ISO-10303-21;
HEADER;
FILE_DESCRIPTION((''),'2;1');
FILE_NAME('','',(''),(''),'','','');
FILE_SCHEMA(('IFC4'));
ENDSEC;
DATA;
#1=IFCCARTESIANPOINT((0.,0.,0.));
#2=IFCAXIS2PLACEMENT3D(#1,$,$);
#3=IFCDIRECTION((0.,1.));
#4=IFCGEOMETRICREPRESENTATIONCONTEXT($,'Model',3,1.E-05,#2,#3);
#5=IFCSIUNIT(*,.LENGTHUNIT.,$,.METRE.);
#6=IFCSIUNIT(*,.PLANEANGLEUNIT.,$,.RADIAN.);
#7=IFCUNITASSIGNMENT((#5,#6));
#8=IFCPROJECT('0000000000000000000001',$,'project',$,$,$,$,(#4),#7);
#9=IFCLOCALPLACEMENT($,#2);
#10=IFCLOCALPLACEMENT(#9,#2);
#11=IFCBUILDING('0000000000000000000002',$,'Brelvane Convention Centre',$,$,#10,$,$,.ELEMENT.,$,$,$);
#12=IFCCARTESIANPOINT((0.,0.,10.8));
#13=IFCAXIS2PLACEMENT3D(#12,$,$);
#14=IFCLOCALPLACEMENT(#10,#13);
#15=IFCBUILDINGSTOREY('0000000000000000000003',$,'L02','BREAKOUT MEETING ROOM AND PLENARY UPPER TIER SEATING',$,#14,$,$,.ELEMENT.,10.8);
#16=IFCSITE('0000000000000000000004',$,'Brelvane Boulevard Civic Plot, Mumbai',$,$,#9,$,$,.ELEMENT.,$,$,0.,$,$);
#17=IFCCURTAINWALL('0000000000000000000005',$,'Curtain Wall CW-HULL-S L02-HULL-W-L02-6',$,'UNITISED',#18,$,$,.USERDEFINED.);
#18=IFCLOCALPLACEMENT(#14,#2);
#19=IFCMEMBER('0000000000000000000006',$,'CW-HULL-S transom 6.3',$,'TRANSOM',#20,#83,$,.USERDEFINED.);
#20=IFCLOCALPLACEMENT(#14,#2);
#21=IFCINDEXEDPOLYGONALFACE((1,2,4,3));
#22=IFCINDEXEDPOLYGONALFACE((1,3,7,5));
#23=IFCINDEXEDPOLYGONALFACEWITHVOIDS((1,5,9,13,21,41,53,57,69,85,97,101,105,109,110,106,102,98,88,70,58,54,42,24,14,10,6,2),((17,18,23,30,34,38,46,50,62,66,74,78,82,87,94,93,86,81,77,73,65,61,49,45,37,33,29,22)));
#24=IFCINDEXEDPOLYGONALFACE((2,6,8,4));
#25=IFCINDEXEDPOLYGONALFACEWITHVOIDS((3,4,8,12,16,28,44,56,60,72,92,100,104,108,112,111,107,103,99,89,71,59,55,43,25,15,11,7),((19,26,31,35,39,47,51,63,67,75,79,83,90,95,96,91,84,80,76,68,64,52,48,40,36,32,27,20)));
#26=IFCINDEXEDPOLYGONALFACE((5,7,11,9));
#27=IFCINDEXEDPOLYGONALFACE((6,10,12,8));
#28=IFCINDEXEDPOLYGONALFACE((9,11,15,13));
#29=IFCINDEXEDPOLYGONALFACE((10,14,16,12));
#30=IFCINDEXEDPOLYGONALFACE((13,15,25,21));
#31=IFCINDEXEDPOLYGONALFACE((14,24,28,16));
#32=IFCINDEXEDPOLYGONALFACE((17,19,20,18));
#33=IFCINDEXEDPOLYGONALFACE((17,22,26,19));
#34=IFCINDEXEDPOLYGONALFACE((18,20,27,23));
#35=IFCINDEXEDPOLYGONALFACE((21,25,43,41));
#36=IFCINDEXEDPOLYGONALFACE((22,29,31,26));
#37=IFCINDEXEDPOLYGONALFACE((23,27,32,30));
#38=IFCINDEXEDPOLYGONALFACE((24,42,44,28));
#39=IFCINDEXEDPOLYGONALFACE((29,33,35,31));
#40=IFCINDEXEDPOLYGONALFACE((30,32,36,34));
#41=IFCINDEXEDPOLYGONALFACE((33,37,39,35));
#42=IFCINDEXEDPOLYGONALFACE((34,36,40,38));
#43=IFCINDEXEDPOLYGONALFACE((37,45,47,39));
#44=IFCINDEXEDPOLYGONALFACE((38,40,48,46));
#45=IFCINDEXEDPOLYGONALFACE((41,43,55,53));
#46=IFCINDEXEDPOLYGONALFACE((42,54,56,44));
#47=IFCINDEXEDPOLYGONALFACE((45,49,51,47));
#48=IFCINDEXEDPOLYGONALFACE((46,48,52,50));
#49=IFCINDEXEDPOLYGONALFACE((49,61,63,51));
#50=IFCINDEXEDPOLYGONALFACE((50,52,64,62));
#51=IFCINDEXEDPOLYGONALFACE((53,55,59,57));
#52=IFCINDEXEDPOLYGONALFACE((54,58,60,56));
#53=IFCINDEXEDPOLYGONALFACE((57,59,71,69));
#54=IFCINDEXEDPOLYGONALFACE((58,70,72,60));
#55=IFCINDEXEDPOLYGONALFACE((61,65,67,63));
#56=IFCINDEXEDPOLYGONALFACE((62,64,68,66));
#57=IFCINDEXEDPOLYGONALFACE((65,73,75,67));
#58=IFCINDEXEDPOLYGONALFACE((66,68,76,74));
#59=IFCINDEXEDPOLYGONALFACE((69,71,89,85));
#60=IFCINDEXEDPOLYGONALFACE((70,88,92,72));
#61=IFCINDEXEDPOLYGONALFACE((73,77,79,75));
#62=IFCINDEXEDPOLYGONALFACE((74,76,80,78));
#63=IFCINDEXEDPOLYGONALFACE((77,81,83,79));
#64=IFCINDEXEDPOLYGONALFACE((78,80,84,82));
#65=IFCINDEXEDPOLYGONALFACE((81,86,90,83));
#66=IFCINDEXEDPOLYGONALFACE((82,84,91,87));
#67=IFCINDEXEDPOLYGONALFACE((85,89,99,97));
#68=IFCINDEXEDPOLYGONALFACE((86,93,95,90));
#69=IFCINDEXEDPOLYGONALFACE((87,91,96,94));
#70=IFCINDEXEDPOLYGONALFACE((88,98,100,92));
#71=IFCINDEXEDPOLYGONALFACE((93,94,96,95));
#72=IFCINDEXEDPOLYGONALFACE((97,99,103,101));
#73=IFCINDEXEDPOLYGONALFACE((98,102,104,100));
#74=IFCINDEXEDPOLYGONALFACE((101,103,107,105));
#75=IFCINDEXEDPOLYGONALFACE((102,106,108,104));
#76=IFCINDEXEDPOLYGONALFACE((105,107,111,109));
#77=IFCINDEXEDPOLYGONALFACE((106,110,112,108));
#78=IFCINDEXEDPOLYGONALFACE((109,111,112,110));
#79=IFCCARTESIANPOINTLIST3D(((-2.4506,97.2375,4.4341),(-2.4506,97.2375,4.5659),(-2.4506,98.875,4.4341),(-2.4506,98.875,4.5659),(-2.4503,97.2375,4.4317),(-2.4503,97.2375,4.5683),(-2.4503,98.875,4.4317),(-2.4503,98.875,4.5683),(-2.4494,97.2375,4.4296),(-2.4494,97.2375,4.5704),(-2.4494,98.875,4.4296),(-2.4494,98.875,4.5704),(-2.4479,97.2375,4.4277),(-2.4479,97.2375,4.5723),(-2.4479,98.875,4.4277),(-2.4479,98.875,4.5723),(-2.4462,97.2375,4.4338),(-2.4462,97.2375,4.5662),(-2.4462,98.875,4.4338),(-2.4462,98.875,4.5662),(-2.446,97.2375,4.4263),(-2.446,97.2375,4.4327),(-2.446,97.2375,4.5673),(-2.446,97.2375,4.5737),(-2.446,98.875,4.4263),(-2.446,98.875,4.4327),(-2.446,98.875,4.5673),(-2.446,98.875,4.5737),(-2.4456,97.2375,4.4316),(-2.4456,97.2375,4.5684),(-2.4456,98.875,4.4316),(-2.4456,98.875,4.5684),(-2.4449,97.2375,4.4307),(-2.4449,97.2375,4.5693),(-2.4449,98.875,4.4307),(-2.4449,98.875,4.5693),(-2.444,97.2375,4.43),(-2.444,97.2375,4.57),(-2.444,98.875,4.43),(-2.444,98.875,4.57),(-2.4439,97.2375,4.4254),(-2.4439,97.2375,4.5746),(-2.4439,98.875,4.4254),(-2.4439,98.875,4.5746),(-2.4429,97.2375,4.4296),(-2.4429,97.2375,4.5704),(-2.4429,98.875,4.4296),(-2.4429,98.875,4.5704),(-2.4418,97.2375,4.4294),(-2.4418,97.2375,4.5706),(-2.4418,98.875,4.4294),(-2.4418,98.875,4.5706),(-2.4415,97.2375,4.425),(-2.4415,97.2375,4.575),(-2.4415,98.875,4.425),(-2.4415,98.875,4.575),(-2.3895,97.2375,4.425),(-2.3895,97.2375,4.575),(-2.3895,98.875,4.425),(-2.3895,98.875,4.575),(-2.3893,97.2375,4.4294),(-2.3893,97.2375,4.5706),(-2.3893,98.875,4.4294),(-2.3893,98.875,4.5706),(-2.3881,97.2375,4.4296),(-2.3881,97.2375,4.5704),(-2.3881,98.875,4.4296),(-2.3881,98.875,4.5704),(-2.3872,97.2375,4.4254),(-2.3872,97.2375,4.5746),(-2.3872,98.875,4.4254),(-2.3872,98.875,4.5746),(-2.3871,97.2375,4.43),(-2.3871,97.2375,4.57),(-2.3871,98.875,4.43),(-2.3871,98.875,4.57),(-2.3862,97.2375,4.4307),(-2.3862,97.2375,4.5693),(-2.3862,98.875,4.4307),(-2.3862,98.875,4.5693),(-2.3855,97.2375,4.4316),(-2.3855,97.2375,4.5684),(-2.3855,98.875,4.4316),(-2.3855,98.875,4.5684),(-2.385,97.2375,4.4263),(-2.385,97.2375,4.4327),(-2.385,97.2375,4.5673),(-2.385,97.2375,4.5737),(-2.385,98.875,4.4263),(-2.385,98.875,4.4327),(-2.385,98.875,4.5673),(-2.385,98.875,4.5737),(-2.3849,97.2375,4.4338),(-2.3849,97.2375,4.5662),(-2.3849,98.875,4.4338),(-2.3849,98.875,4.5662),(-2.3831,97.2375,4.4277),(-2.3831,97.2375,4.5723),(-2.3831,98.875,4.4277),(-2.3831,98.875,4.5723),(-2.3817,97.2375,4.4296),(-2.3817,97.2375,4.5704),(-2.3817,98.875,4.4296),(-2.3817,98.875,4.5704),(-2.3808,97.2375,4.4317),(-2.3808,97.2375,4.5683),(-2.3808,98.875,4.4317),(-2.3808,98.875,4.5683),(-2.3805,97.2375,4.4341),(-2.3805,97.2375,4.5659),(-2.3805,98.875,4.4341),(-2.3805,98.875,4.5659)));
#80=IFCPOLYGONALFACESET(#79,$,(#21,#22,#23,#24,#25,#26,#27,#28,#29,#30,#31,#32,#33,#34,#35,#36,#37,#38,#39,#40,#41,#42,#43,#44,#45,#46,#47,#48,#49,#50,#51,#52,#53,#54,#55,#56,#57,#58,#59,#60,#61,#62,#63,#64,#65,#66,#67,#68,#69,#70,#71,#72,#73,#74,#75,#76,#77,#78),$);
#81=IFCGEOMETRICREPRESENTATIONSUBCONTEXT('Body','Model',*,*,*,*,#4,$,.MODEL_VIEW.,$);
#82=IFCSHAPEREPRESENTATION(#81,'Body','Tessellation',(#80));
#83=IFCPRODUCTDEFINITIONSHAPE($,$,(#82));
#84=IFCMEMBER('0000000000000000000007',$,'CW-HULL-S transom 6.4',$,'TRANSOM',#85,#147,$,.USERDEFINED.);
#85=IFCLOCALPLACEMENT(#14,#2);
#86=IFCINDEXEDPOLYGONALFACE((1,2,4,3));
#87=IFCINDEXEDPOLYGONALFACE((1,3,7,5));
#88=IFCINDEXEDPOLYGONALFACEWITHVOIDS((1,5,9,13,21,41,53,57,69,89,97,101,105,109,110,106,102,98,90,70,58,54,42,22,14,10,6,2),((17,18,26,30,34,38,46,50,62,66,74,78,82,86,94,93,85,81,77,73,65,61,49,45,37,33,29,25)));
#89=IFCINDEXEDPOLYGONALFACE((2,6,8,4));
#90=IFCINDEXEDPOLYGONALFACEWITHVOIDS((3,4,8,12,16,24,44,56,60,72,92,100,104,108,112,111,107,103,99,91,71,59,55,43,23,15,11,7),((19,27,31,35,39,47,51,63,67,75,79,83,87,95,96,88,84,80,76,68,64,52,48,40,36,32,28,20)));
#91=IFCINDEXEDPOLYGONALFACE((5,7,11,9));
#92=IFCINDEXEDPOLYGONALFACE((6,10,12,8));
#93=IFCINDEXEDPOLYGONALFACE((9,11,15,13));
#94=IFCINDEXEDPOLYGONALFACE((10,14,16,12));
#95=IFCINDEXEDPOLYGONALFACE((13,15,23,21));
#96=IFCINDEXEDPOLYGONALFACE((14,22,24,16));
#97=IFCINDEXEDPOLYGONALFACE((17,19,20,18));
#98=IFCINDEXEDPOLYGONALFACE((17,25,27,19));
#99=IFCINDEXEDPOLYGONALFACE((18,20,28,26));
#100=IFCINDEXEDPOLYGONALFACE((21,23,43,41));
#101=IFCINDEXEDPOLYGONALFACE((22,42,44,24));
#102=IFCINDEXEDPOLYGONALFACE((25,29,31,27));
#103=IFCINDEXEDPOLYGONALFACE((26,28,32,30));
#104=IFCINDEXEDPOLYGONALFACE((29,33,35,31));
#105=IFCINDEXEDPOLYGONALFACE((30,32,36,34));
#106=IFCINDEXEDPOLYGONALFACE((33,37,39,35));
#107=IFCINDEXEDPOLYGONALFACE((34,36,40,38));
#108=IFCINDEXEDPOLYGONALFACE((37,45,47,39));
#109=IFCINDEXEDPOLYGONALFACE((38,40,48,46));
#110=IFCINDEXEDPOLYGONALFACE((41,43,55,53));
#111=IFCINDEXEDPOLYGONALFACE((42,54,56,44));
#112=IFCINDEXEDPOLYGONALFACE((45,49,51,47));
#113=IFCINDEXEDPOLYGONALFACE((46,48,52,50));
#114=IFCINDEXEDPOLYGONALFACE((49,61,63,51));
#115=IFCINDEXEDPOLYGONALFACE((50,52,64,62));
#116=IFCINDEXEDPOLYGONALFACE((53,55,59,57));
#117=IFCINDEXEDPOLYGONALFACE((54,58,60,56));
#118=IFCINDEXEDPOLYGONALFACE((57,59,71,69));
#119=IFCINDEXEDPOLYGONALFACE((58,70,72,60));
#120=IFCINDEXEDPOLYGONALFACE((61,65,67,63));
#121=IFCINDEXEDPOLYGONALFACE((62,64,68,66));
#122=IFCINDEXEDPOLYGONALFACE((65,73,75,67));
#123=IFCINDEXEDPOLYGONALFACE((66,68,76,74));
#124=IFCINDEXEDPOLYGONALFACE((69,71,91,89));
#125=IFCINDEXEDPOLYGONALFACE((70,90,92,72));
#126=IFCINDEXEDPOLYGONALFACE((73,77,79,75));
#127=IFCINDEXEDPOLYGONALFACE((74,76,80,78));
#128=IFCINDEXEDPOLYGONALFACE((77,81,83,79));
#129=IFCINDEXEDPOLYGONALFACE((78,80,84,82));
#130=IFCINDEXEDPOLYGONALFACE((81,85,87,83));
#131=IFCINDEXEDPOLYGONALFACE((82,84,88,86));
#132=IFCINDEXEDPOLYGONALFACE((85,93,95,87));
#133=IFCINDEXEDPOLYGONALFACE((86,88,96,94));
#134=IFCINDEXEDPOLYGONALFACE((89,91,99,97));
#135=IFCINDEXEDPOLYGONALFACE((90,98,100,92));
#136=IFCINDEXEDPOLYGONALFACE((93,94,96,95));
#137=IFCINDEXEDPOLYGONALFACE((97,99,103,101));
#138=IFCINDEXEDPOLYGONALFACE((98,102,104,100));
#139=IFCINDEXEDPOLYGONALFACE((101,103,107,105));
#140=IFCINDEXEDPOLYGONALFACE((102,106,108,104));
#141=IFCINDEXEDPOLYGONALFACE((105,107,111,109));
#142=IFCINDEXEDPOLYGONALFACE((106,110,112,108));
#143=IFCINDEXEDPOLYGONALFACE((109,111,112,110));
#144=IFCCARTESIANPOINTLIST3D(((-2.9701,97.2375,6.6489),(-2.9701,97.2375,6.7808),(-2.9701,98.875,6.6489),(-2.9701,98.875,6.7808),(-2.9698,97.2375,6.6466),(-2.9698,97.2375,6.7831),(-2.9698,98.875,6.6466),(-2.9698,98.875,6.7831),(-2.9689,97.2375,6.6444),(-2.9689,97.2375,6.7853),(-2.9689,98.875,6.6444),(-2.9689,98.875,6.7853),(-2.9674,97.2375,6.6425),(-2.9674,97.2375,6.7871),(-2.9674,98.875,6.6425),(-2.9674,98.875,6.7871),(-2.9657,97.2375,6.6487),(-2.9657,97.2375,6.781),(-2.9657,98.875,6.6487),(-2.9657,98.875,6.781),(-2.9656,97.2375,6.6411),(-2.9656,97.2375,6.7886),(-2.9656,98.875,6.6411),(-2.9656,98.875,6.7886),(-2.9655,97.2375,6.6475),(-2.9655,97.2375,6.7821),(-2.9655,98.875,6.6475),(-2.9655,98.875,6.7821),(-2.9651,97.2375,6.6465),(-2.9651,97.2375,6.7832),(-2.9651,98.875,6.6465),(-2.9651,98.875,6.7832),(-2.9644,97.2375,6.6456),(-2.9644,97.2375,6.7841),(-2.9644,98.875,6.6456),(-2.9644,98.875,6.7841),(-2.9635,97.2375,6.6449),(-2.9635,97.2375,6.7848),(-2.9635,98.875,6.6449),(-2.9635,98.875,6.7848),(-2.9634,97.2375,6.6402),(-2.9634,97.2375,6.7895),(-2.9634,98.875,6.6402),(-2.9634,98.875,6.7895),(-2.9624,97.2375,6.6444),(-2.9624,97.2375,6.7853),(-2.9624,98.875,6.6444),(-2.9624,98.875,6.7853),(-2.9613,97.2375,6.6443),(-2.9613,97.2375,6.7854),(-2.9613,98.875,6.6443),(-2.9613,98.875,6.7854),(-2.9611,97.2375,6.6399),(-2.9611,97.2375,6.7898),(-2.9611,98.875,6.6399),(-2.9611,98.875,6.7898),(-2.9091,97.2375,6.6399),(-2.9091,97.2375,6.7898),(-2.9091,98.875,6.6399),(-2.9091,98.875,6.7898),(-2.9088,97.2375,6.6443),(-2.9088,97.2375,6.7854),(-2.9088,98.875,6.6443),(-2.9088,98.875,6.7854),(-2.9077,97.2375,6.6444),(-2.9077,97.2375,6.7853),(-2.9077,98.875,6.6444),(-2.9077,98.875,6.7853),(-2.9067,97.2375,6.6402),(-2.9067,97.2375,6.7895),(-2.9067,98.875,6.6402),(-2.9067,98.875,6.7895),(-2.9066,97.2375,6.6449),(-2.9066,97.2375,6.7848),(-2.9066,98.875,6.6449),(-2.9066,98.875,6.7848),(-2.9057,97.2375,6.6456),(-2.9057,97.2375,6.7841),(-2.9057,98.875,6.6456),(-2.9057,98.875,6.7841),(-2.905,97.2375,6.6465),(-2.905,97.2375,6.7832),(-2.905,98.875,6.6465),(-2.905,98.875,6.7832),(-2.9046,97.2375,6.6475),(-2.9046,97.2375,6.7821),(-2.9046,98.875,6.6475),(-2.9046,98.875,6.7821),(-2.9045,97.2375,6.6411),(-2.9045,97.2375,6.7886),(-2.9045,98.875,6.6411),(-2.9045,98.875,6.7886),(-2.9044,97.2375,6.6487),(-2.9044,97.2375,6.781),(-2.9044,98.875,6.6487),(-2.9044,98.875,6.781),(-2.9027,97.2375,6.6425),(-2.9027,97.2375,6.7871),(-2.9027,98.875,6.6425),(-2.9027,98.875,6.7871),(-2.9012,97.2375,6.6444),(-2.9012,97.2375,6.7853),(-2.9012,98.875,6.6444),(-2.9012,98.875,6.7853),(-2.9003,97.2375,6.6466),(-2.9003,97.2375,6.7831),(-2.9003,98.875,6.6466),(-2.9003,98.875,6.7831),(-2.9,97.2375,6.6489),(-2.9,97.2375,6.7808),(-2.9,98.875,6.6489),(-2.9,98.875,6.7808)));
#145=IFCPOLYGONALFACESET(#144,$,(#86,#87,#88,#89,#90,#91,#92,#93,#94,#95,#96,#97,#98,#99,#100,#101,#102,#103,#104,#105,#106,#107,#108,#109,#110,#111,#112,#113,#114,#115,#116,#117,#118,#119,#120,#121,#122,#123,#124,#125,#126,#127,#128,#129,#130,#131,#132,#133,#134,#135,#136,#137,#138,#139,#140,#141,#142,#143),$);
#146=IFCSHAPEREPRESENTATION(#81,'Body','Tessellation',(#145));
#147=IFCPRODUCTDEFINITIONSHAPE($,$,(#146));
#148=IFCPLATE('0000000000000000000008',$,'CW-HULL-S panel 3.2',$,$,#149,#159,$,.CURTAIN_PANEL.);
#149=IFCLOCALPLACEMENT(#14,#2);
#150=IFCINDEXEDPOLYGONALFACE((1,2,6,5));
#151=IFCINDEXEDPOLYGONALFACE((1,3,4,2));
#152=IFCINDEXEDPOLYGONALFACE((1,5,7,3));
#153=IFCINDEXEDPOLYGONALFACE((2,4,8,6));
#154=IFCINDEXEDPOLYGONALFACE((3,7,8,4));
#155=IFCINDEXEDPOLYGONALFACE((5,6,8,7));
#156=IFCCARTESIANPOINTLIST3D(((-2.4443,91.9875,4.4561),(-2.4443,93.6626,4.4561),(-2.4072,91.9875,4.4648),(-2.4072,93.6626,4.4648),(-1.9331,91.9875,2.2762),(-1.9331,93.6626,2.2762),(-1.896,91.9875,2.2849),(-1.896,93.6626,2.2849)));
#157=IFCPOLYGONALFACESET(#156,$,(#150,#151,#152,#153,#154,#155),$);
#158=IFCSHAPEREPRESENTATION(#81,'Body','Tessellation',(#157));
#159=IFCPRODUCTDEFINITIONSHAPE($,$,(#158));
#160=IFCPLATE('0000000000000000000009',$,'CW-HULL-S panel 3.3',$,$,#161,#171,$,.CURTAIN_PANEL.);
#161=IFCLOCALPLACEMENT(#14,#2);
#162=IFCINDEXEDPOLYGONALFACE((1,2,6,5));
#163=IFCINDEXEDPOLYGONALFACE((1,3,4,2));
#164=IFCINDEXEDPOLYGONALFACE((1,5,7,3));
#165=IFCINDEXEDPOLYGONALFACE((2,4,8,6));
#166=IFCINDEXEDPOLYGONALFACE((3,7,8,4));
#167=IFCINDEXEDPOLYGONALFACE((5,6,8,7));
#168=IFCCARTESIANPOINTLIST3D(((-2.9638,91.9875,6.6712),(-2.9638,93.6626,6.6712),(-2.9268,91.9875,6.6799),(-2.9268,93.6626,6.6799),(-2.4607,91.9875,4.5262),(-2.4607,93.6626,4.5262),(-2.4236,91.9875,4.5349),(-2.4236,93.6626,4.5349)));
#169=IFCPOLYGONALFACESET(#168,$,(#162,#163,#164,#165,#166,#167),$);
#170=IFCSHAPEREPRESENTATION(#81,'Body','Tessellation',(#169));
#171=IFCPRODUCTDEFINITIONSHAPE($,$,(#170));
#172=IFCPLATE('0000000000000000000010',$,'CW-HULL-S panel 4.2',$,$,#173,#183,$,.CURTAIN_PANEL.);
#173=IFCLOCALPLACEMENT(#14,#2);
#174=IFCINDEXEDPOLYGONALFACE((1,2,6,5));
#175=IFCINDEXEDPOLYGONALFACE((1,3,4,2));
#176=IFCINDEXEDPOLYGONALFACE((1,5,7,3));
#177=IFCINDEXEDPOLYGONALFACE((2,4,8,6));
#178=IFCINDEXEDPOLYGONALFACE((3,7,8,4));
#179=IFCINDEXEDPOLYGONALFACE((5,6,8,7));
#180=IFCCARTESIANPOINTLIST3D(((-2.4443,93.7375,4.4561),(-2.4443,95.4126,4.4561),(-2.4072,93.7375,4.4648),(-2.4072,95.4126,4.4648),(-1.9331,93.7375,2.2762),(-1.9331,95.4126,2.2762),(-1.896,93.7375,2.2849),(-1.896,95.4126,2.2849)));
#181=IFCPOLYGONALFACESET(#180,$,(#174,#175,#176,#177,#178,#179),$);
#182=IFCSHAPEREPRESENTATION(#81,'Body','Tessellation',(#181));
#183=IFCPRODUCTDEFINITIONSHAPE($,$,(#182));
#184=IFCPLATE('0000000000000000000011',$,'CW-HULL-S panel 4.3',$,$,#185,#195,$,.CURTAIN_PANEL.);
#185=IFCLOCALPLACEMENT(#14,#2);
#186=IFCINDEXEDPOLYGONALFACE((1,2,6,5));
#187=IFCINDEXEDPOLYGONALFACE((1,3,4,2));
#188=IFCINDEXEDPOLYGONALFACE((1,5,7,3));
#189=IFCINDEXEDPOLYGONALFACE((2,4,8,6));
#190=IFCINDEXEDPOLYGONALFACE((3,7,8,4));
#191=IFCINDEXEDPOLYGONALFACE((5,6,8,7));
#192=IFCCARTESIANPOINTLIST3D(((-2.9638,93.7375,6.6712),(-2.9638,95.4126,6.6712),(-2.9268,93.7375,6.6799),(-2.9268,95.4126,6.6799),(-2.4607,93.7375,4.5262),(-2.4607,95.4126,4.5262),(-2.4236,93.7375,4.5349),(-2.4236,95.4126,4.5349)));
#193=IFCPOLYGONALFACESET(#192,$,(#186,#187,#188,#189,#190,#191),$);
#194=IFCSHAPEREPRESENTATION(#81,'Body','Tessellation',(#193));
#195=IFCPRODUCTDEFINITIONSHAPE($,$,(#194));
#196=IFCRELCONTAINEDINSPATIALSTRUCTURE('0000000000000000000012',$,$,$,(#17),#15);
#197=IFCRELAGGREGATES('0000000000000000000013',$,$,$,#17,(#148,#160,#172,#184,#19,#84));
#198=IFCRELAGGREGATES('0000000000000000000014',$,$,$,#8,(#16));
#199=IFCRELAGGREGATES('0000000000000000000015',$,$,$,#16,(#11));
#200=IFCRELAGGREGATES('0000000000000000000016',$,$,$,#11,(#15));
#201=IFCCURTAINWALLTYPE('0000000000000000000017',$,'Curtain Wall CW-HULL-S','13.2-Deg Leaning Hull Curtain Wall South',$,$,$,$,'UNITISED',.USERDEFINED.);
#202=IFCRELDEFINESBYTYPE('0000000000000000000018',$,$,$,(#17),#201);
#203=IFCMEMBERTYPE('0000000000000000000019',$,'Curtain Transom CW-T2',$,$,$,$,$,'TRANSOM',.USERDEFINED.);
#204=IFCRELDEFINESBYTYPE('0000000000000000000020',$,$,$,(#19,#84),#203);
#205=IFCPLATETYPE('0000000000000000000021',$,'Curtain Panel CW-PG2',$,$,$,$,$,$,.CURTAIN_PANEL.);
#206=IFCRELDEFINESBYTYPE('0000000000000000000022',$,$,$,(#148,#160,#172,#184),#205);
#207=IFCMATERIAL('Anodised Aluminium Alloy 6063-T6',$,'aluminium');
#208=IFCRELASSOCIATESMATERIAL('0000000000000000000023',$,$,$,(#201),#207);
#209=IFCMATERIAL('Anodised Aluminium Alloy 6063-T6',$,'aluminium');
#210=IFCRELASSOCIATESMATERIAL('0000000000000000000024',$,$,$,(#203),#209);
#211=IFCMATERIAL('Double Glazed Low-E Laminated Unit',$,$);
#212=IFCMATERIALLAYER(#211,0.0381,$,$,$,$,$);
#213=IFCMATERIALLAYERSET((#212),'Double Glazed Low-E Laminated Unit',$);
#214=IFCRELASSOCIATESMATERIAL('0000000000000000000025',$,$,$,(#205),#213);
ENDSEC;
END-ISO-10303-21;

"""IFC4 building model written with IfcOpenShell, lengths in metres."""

from ifc_helpers import new_model, si_unit, direction, frame, origin, origin_2d, place, context, subcontext, project, spatial, polyline, hollow_rectangle, outline, extrude, material, layer, layer_set, material_profile, profile_set, type_object, element, aggregate, save


model = new_model("IFC4")

# Units and contexts
model_context = context("Model", 3, precision=1e-05, world=origin(), true_north=direction((0.0, 1.0)))
body_context = subcontext(model_context, "Body", "Model", "MODEL_VIEW")
ifc_project = project(units=[si_unit("LENGTHUNIT", "METRE"), si_unit("PLANEANGLEUNIT", "RADIAN")], contexts=[model_context])

# Site, building, storey
site_placement = place(None, origin())
site = spatial("IfcSite", under=ifc_project, at=site_placement, Name="Brelvane Boulevard Civic Plot, Mumbai", CompositionType="ELEMENT", RefElevation=0.0)
building_placement = place(site_placement, origin())
building = spatial("IfcBuilding", under=site, at=building_placement, Name="Brelvane Convention Centre", CompositionType="ELEMENT")
storey_placement = place(building_placement, frame((0.0, 0.0, 10.8)))
storey = spatial("IfcBuildingStorey", under=building, at=storey_placement, Name="L02", Description="BREAKOUT MEETING ROOM AND PLENARY UPPER TIER SEATING", CompositionType="ELEMENT", Elevation=10.8)

# Curtain wall, members, plates
ifc_material_1 = material(Name="Anodised Aluminium Alloy 6063-T6", Category="aluminium")
curtain_wall_type = type_object("IfcCurtainWallType", Name="Curtain Wall CW-HULL-S", Description="13.2-Deg Leaning Hull Curtain Wall South", ElementType="UNITISED", PredefinedType="USERDEFINED", material=ifc_material_1)
curtain_wall_placement = place(storey_placement, origin())
curtain_wall = element("IfcCurtainWall", 1, at=curtain_wall_placement, inside=storey, type_object=curtain_wall_type, Name="Curtain Wall CW-HULL-S L02-HULL-W-L02-6", ObjectType="UNITISED", PredefinedType="USERDEFINED")
ifc_material_2 = material(Name="Anodised Aluminium Alloy 6063-T6", Category="aluminium")
ifc_material_profile_1 = material_profile(ifc_material_2, hollow_rectangle(XDim=0.0701, YDim=0.1499, WallThickness=0.0044, InnerFilletRadius=0.0044, OuterFilletRadius=0.009, at=origin_2d()), Name="ALU-T 150x70x4.5")
ifc_profile_set_1 = profile_set([ifc_material_profile_1], Name="Anodised Aluminium Alloy 6063-T6")
member_type_1 = type_object("IfcMemberType", Name="Curtain Transom CW-T2", ElementType="TRANSOM", PredefinedType="USERDEFINED", material=ifc_profile_set_1)
member_1_placement = place(storey_placement, frame((-2.4155, 97.2375, 4.5), z_axis=(0.0, 1.0, 0.0), x_axis=(-1.0, 0.0, 0.0)))
member_1 = element("IfcMember", 2, at=member_1_placement, type_object=member_type_1, Name="CW-HULL-S transom 6.3", ObjectType="TRANSOM", PredefinedType="USERDEFINED", context=body_context, shape_type="SweptSolid", body=[
    extrude(hollow_rectangle(XDim=0.0701, YDim=0.1499, WallThickness=0.0044, InnerFilletRadius=0.0044, OuterFilletRadius=0.009, at=origin_2d()), origin(), (0.0, 0.0, 1.0), 1.6375),
])
member_2_placement = place(storey_placement, frame((-2.9351, 97.2375, 6.7148), z_axis=(0.0, 1.0, 0.0), x_axis=(-1.0, 0.0, 0.0)))
member_2 = element("IfcMember", 3, at=member_2_placement, type_object=member_type_1, Name="CW-HULL-S transom 6.4", ObjectType="TRANSOM", PredefinedType="USERDEFINED", context=body_context, shape_type="SweptSolid", body=[
    extrude(hollow_rectangle(XDim=0.0701, YDim=0.1499, WallThickness=0.0044, InnerFilletRadius=0.0044, OuterFilletRadius=0.009, at=origin_2d()), origin(), (0.0, 0.0, 1.0), 1.6375),
])
ifc_material_3 = material(Name="Double Glazed Low-E Laminated Unit")
ifc_layer_1 = layer(ifc_material_3, 0.0381)
ifc_layer_set_1 = layer_set([ifc_layer_1], Name="Double Glazed Low-E Laminated Unit")
plate_type_1 = type_object("IfcPlateType", Name="Curtain Panel CW-PG2", PredefinedType="CURTAIN_PANEL", material=ifc_layer_set_1)
plate_1_placement = place(storey_placement, frame((-1.896, 91.9875, 2.2849), z_axis=(0.973586, 0.0, 0.228322), x_axis=(0.0, 1.0, 0.0)))
plate_1 = element("IfcPlate", 4, at=plate_1_placement, type_object=plate_type_1, Name="CW-HULL-S panel 3.2", PredefinedType="CURTAIN_PANEL", context=body_context, shape_type="SweptSolid", body=[
    extrude(outline(polyline([(0.0, 0.0), (1.675, 0.0), (1.675, 2.2391), (0.0, 2.2391), (0.0, 0.0)])), origin(), (0.0, 0.0, -1.0), 0.0381),
])
plate_2_placement = place(storey_placement, frame((-2.4236, 91.9875, 4.5349), z_axis=(0.973572, 0.0, 0.228378), x_axis=(0.0, 1.0, 0.0)))
plate_2 = element("IfcPlate", 5, at=plate_2_placement, type_object=plate_type_1, Name="CW-HULL-S panel 3.3", PredefinedType="CURTAIN_PANEL", context=body_context, shape_type="SweptSolid", body=[
    extrude(outline(polyline([(0.0, 0.0), (1.675, 0.0), (1.675, 2.2032), (0.0, 2.2032), (0.0, 0.0)])), origin(), (0.0, 0.0, -1.0), 0.0381),
])
plate_3_placement = place(storey_placement, frame((-1.896, 93.7375, 2.2849), z_axis=(0.973586, 0.0, 0.228322), x_axis=(0.0, 1.0, 0.0)))
plate_3 = element("IfcPlate", 6, at=plate_3_placement, type_object=plate_type_1, Name="CW-HULL-S panel 4.2", PredefinedType="CURTAIN_PANEL", context=body_context, shape_type="SweptSolid", body=[
    extrude(outline(polyline([(0.0, 0.0), (1.675, 0.0), (1.675, 2.2391), (0.0, 2.2391), (0.0, 0.0)])), origin(), (0.0, 0.0, -1.0), 0.0381),
])
plate_4_placement = place(storey_placement, frame((-2.4236, 93.7375, 4.5349), z_axis=(0.973572, 0.0, 0.228378), x_axis=(0.0, 1.0, 0.0)))
plate_4 = element("IfcPlate", 7, at=plate_4_placement, type_object=plate_type_1, Name="CW-HULL-S panel 4.3", PredefinedType="CURTAIN_PANEL", context=body_context, shape_type="SweptSolid", body=[
    extrude(outline(polyline([(0.0, 0.0), (1.675, 0.0), (1.675, 2.2032), (0.0, 2.2032), (0.0, 0.0)])), origin(), (0.0, 0.0, -1.0), 0.0381),
])
aggregate(curtain_wall, [plate_1, plate_2, plate_3, plate_4, member_1, member_2])

save(model, "model.ifc")
